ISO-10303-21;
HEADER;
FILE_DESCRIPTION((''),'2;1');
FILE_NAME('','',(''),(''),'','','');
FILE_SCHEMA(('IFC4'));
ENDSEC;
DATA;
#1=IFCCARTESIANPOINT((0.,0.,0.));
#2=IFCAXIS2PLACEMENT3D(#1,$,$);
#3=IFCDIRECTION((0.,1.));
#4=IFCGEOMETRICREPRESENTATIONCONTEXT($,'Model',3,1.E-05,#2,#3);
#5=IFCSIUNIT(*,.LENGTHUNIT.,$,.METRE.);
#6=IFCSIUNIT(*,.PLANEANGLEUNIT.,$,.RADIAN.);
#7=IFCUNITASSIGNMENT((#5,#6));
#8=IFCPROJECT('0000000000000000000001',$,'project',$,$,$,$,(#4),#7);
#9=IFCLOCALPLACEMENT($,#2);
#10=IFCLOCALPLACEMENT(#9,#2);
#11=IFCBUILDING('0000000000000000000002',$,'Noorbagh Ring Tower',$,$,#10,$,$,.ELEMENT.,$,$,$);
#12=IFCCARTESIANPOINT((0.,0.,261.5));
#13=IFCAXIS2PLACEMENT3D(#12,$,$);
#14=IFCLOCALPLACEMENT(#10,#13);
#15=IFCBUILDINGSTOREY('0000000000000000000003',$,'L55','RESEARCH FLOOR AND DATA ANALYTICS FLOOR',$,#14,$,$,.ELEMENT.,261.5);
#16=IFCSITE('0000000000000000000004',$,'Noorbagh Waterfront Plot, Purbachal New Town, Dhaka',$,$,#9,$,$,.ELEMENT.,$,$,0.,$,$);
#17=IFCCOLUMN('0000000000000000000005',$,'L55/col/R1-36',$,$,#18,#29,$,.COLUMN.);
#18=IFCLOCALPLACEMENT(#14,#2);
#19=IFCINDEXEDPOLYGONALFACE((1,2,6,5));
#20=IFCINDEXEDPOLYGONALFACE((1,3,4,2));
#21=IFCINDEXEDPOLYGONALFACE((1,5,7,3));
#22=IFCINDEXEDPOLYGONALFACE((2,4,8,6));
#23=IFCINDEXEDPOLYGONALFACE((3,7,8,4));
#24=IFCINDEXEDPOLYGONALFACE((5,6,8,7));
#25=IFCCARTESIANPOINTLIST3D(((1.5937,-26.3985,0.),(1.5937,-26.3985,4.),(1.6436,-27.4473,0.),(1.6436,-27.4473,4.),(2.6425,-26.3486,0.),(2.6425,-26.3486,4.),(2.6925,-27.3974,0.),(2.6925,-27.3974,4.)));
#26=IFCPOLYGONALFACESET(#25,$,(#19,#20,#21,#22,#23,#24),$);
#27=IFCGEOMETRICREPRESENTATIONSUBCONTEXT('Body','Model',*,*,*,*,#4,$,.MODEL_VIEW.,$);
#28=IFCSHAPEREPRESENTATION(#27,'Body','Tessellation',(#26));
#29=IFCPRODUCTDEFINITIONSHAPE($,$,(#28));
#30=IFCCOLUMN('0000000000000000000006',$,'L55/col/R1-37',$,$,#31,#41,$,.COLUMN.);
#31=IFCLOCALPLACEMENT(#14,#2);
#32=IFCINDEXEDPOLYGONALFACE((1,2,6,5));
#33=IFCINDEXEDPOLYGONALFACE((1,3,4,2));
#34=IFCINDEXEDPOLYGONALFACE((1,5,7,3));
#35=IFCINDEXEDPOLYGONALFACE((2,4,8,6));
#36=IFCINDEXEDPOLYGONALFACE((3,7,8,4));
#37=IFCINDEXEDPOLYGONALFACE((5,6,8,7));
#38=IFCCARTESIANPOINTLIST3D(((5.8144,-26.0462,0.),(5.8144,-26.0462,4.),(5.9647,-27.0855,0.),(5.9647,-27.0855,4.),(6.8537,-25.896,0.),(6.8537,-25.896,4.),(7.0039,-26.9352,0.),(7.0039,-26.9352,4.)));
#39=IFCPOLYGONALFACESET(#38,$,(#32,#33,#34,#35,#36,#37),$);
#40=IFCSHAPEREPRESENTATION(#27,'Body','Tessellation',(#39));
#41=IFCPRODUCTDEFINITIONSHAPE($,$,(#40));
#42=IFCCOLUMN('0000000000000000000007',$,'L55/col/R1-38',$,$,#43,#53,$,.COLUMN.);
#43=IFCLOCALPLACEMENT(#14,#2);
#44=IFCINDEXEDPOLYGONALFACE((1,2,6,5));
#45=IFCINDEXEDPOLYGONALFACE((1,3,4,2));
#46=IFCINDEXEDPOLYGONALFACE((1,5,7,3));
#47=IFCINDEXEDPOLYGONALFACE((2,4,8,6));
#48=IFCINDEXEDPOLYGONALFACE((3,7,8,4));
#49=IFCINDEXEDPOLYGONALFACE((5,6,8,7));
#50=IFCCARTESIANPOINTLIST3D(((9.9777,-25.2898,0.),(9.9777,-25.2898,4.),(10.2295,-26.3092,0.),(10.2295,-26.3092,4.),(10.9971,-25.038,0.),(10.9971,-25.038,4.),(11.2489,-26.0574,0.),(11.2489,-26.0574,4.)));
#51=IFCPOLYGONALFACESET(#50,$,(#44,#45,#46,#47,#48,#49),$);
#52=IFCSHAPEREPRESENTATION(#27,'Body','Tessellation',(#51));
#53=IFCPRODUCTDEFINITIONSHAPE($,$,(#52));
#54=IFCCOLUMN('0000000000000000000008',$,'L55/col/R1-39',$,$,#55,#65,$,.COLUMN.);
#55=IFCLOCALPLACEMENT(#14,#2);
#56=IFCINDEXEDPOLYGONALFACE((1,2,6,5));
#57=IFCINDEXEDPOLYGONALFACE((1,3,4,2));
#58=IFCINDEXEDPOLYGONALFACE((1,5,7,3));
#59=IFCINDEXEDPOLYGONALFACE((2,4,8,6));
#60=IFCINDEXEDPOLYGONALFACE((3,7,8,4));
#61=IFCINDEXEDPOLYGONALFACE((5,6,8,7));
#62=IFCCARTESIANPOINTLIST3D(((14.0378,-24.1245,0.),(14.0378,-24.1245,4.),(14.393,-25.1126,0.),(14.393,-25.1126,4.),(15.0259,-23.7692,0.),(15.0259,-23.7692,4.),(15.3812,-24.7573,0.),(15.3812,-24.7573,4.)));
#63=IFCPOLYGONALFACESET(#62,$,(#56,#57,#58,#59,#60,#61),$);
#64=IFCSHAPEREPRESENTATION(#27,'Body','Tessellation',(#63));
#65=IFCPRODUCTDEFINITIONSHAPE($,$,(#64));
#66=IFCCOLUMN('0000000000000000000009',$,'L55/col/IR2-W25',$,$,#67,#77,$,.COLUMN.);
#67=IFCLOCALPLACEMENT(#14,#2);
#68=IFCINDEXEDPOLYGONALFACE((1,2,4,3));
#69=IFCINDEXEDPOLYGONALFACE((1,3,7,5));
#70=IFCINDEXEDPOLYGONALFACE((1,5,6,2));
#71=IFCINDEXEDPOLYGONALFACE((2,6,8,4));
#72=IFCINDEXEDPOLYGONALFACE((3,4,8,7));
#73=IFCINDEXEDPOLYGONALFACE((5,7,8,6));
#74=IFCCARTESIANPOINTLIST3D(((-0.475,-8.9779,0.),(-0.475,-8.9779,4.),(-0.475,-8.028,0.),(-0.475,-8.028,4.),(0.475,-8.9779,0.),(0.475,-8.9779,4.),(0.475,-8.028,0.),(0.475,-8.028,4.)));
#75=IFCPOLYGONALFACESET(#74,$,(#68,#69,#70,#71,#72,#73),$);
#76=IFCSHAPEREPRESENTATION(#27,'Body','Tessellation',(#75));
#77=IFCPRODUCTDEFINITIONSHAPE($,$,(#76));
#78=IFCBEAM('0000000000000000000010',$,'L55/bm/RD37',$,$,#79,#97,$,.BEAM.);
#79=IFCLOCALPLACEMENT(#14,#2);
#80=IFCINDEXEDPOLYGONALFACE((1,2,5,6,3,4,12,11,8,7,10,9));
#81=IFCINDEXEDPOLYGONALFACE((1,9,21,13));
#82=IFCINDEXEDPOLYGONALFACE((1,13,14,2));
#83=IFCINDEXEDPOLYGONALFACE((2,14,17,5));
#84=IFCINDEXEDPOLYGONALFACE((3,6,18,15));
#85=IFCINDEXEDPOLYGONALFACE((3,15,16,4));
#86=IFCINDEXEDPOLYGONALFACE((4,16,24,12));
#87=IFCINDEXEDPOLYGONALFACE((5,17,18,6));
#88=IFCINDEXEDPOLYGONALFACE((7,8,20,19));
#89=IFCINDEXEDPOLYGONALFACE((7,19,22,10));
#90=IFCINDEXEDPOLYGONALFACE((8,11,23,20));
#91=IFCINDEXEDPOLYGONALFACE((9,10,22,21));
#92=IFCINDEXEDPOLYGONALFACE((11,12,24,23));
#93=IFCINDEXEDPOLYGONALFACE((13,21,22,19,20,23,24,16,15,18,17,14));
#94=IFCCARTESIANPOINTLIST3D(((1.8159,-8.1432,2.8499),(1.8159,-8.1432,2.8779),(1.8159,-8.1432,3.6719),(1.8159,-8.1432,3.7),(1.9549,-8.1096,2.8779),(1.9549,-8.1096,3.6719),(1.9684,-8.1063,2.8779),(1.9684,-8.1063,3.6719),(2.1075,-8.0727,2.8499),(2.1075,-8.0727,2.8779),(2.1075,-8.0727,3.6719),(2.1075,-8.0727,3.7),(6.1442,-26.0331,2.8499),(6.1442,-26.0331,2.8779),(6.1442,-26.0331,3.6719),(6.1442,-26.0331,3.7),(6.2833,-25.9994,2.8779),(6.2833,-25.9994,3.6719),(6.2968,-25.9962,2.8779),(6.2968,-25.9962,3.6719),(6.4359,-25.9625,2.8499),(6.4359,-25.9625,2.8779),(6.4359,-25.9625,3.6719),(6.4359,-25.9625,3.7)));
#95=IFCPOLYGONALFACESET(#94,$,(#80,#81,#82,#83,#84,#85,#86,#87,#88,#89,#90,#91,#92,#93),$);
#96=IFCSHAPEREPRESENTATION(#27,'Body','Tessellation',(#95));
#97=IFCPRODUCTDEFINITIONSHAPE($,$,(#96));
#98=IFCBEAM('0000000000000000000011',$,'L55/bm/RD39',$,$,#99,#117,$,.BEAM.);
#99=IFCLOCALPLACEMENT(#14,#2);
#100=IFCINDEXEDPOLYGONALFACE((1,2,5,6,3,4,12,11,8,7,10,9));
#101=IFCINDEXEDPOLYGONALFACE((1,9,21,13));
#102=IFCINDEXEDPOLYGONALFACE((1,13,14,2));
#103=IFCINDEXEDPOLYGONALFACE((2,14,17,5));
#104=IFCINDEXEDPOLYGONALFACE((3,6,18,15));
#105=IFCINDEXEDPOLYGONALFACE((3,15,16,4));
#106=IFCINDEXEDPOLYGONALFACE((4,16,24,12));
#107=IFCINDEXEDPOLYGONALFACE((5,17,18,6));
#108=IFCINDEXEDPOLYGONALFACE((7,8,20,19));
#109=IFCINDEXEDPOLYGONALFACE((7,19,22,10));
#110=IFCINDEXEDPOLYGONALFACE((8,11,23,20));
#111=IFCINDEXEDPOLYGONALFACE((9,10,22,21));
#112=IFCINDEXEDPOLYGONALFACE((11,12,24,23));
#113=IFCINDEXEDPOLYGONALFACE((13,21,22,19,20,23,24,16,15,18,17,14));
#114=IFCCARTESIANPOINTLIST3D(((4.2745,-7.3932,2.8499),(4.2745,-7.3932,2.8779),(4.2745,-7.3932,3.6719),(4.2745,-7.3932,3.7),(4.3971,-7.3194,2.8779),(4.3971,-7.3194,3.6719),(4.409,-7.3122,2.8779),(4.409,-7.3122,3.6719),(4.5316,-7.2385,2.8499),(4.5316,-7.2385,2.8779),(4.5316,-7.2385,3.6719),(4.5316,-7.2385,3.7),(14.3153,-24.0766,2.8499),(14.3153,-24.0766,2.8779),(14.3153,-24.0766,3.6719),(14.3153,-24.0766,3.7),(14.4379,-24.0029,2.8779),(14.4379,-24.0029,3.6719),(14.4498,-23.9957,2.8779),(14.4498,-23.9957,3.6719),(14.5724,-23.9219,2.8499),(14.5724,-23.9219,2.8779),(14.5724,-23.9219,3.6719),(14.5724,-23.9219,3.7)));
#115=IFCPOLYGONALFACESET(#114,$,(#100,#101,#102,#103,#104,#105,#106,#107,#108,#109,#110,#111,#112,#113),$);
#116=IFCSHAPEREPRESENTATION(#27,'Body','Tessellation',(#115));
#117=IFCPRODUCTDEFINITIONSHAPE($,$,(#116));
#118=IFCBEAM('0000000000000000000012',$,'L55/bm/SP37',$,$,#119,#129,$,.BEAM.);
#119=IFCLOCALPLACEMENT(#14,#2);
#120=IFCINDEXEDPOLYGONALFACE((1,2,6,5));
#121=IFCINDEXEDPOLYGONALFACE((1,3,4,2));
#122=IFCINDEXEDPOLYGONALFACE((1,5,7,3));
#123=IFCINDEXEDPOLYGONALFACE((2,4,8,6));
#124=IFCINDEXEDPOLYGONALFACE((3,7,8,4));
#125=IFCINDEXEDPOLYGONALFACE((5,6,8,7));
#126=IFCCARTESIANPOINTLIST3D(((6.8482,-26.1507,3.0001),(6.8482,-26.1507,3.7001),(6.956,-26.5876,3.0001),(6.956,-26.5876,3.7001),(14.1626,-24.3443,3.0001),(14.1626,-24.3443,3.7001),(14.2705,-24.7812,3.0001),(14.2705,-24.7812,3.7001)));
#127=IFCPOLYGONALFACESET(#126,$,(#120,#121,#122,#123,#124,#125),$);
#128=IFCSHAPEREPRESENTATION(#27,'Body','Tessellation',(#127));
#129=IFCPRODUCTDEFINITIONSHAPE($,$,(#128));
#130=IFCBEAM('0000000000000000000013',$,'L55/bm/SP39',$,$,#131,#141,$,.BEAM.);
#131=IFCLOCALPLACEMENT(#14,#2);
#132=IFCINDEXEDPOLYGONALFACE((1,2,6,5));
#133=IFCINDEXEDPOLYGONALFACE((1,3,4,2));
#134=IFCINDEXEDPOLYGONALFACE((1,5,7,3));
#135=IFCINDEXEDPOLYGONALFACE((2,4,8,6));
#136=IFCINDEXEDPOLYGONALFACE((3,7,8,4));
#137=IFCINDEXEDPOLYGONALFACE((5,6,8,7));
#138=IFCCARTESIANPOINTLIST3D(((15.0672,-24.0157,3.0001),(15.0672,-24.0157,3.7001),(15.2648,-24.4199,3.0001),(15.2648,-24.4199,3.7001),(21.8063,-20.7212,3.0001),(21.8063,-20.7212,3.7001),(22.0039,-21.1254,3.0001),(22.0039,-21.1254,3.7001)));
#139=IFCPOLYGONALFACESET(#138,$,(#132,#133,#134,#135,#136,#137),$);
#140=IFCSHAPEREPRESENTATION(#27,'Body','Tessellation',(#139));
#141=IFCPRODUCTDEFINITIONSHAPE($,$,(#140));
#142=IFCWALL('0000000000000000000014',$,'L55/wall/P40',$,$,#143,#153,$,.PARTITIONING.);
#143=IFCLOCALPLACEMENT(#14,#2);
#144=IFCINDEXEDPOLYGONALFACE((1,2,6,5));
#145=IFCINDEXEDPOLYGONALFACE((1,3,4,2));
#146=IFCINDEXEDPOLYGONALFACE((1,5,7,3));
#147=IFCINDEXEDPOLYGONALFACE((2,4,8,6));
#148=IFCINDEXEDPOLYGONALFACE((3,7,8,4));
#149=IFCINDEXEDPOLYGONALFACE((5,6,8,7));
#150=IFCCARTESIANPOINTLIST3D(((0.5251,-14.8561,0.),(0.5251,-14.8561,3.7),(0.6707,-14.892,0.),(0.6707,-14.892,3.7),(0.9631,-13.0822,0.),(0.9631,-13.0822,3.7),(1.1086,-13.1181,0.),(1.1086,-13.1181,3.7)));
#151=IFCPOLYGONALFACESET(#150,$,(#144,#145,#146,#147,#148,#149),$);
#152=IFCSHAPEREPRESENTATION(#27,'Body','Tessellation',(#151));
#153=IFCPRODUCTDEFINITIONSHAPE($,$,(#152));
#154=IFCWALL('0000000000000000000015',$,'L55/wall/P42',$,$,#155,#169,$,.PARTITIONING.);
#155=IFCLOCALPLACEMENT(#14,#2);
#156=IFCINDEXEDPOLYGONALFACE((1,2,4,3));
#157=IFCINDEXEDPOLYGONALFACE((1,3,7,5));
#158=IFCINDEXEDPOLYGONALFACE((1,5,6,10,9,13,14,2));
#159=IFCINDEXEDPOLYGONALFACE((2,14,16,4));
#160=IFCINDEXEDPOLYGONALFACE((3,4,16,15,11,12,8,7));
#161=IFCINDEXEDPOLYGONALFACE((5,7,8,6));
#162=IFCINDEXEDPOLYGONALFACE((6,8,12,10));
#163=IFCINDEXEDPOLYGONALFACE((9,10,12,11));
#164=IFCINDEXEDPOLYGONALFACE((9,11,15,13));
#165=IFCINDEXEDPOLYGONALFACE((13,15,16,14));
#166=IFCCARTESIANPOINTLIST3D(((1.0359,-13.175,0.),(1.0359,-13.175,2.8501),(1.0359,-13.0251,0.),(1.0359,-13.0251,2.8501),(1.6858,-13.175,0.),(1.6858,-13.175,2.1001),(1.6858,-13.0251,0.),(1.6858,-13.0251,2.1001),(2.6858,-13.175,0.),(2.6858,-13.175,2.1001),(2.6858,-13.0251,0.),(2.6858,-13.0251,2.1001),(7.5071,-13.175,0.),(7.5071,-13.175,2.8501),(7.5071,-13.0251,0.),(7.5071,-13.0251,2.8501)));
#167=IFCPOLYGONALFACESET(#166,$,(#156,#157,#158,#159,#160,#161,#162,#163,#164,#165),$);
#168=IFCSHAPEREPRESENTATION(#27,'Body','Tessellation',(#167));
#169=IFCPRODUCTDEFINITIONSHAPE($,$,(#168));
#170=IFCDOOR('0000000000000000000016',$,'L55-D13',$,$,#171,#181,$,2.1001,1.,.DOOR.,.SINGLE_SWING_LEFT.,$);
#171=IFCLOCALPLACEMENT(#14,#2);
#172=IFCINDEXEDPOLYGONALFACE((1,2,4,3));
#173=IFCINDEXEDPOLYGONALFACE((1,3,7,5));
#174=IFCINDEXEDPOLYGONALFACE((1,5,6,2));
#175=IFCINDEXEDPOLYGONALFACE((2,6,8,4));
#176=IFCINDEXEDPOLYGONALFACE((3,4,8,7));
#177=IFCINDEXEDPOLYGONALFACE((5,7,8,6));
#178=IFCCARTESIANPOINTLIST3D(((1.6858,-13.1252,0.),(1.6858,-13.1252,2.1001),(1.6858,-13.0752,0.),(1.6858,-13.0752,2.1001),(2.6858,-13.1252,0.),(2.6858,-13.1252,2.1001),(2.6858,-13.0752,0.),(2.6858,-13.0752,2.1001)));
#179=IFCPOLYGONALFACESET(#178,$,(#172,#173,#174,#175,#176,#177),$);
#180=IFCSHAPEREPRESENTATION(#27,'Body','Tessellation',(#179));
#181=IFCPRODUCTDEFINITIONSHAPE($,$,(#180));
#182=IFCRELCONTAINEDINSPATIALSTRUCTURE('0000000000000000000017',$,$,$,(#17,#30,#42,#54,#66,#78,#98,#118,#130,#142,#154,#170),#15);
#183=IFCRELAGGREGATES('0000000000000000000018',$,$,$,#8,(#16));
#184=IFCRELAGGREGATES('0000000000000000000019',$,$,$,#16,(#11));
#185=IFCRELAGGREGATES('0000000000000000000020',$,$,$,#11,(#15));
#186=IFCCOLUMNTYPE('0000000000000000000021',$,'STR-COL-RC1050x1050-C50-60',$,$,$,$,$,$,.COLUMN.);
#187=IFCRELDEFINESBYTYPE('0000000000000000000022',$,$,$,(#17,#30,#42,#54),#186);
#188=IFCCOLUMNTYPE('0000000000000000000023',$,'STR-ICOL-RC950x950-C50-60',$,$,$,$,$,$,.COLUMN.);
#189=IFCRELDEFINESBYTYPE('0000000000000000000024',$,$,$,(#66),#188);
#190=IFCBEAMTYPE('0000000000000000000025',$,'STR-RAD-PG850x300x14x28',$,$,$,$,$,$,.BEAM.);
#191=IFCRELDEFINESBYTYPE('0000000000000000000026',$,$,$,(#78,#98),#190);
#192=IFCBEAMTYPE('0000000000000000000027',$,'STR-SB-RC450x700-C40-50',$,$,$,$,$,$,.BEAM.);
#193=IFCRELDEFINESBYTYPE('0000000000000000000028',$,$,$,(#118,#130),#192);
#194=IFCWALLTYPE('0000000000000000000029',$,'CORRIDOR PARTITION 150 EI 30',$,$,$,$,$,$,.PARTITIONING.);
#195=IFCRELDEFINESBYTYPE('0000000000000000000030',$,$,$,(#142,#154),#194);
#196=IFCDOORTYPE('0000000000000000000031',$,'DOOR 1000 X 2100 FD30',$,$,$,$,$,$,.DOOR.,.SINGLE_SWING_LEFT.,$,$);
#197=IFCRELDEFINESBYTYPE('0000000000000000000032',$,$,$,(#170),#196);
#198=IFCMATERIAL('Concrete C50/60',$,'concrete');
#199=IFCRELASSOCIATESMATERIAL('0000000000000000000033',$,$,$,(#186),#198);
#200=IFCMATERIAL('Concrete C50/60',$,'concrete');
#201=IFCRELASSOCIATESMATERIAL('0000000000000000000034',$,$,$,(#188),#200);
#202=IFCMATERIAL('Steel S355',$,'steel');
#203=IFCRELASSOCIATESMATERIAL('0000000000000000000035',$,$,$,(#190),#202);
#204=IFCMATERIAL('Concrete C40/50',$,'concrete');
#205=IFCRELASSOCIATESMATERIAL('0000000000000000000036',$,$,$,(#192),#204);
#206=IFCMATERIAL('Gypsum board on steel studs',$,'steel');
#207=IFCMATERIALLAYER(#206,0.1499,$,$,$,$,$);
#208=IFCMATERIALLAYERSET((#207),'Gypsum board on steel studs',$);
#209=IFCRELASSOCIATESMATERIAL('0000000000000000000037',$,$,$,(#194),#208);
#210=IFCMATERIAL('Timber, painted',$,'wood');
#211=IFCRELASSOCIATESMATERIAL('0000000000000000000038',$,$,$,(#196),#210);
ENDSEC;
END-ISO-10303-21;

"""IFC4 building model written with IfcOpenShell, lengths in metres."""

from ifc_helpers import new_model, si_unit, direction, frame, frame_2d, origin, origin_2d, place, context, subcontext, project, spatial, rectangle, i_section, extrude, material, layer, layer_set, material_profile, profile_set, type_object, element, fill, save


model = new_model("IFC4")

# Units and contexts
model_context = context("Model", 3, precision=1e-05, world=origin(), true_north=direction((0.0, 1.0)))
body_context = subcontext(model_context, "Body", "Model", "MODEL_VIEW")
ifc_project = project(units=[si_unit("LENGTHUNIT", "METRE"), si_unit("PLANEANGLEUNIT", "RADIAN")], contexts=[model_context])

# Site, building, storey
site_placement = place(None, origin())
site = spatial("IfcSite", under=ifc_project, at=site_placement, Name="Noorbagh Waterfront Plot, Purbachal New Town, Dhaka", CompositionType="ELEMENT", RefElevation=0.0)
building_placement = place(site_placement, origin())
building = spatial("IfcBuilding", under=site, at=building_placement, Name="Noorbagh Ring Tower", CompositionType="ELEMENT")
storey_placement = place(building_placement, frame((0.0, 0.0, 261.5)))
storey = spatial("IfcBuildingStorey", under=building, at=storey_placement, Name="L55", Description="RESEARCH FLOOR AND DATA ANALYTICS FLOOR", CompositionType="ELEMENT", Elevation=261.5)

# Columns
ifc_material_1 = material(Name="Concrete C50/60", Category="concrete")
ifc_material_profile_1 = material_profile(ifc_material_1, rectangle(XDim=1.05, YDim=1.05, at=origin_2d()), Name="RC1050x1050")
ifc_profile_set_1 = profile_set([ifc_material_profile_1], Name="Concrete C50/60")
column_type_1 = type_object("IfcColumnType", Name="STR-COL-RC1050x1050-C50-60", PredefinedType="COLUMN", material=ifc_profile_set_1)
for number, where, z_axis, x_axis, name in (
    (1, (2.1431, -26.8979, 0.0), (0.0, 0.0, 1.0), (0.998869, 0.047553, 0.0), "L55/col/R1-36"),
    (2, (6.4092, -26.4907, 0.0), (0.0, 0.0, 1.0), (0.989713, 0.143066, 0.0), "L55/col/R1-37"),
    (3, (10.6133, -25.6736, 0.0), (0.0, 0.0, 1.0), (0.970829, 0.239771, 0.0), "L55/col/R1-38"),
    (4, (14.7095, -24.4409, 0.0), (0.0, 0.0, 1.0), (0.941025, 0.338338, 0.0), "L55/col/R1-39"),
):
    element("IfcColumn", number, at=place(storey_placement, frame(where, z_axis=z_axis, x_axis=x_axis)), inside=storey, type_object=column_type_1, Name=name, PredefinedType="COLUMN", context=body_context, shape_type="SweptSolid", body=[
        extrude(rectangle(XDim=1.05, YDim=1.05, at=origin_2d()), origin(), (0.0, 0.0, 1.0), 4.0),
    ])
ifc_material_2 = material(Name="Concrete C50/60", Category="concrete")
ifc_material_profile_2 = material_profile(ifc_material_2, rectangle(XDim=0.95, YDim=0.95, at=origin_2d()), Name="RC950x950")
ifc_profile_set_2 = profile_set([ifc_material_profile_2], Name="Concrete C50/60")
column_type_2 = type_object("IfcColumnType", Name="STR-ICOL-RC950x950-C50-60", PredefinedType="COLUMN", material=ifc_profile_set_2)
column_placement = place(storey_placement, frame((0.0, -8.5029, 0.0), z_axis=(0.0, 0.0, 1.0), x_axis=(1.0, 0.0, 0.0)))
element("IfcColumn", 5, at=column_placement, inside=storey, type_object=column_type_2, Name="L55/col/IR2-W25", PredefinedType="COLUMN", context=body_context, shape_type="SweptSolid", body=[
    extrude(rectangle(XDim=0.95, YDim=0.95, at=origin_2d()), origin(), (0.0, 0.0, 1.0), 4.0),
])

# Beams
ifc_material_3 = material(Name="Steel S355", Category="steel")
ifc_material_profile_3 = material_profile(ifc_material_3, i_section(OverallWidth=0.3, OverallDepth=0.8501, WebThickness=0.0139, FlangeThickness=0.0281, at=origin_2d()), Name="PG850x300x14x28")
ifc_profile_set_3 = profile_set([ifc_material_profile_3], Name="Steel S355")
beam_type_1 = type_object("IfcBeamType", Name="STR-RAD-PG850x300x14x28", PredefinedType="BEAM", material=ifc_profile_set_3)
beam_1_placement = place(storey_placement, frame((6.29, -25.9978, 3.2749), z_axis=(-0.23516, 0.971957, 0.0), x_axis=(-0.971957, -0.23516, 0.0)))
element("IfcBeam", 6, at=beam_1_placement, inside=storey, type_object=beam_type_1, Name="L55/bm/RD37", PredefinedType="BEAM", context=body_context, shape_type="SweptSolid", body=[
    extrude(i_section(OverallWidth=0.3, OverallDepth=0.8501, WebThickness=0.0139, FlangeThickness=0.0281, at=origin_2d()), origin(), (0.0, 0.0, 1.0), 18.406),
])
beam_2_placement = place(storey_placement, frame((14.4438, -23.9993, 3.2749), z_axis=(-0.515657, 0.856795, 0.0), x_axis=(-0.856795, -0.515657, 0.0)))
element("IfcBeam", 7, at=beam_2_placement, inside=storey, type_object=beam_type_1, Name="L55/bm/RD39", PredefinedType="BEAM", context=body_context, shape_type="SweptSolid", body=[
    extrude(i_section(OverallWidth=0.3, OverallDepth=0.8501, WebThickness=0.0139, FlangeThickness=0.0281, at=origin_2d()), origin(), (0.0, 0.0, 1.0), 19.4719),
])
ifc_material_4 = material(Name="Concrete C40/50", Category="concrete")
ifc_material_profile_4 = material_profile(ifc_material_4, rectangle(XDim=0.45, YDim=0.7, at=origin_2d()), Name="RC450x700")
ifc_profile_set_4 = profile_set([ifc_material_profile_4], Name="Concrete C40/50")
beam_type_2 = type_object("IfcBeamType", Name="STR-SB-RC450x700-C40-50", PredefinedType="BEAM", material=ifc_profile_set_4)
beam_3_placement = place(storey_placement, frame((6.9021, -26.3691, 3.3501), z_axis=(0.970832, 0.239759, 0.0), x_axis=(-0.239759, 0.970832, 0.0)))
element("IfcBeam", 8, at=beam_3_placement, inside=storey, type_object=beam_type_2, Name="L55/bm/SP37", PredefinedType="BEAM", context=body_context, shape_type="SweptSolid", body=[
    extrude(rectangle(XDim=0.45, YDim=0.7, at=origin_2d()), origin(), (0.0, 0.0, 1.0), 7.5342),
])
beam_4_placement = place(storey_placement, frame((15.166, -24.2178, 3.3501), z_axis=(0.898395, 0.439189, 0.0), x_axis=(-0.439189, 0.898395, 0.0)))
element("IfcBeam", 9, at=beam_4_placement, inside=storey, type_object=beam_type_2, Name="L55/bm/SP39", PredefinedType="BEAM", context=body_context, shape_type="SweptSolid", body=[
    extrude(rectangle(XDim=0.45, YDim=0.7, at=origin_2d()), origin(), (0.0, 0.0, 1.0), 7.5012),
])

# Wall
ifc_material_5 = material(Name="Gypsum board on steel studs", Category="steel")
ifc_layer_1 = layer(ifc_material_5, 0.1499)
ifc_layer_set_1 = layer_set([ifc_layer_1], Name="Gypsum board on steel studs")
wall_type_1 = type_object("IfcWallType", Name="CORRIDOR PARTITION 150 EI 30", PredefinedType="PARTITIONING", material=ifc_layer_set_1)
wall_1_placement = place(storey_placement, frame((0.5979, -14.874, 0.0), z_axis=(0.0, 0.0, 1.0), x_axis=(0.239705, 0.970846, 0.0)))
element("IfcWall", 10, at=wall_1_placement, inside=storey, type_object=wall_type_1, Name="L55/wall/P40", PredefinedType="PARTITIONING", context=body_context, shape_type="SweptSolid", body=[
    extrude(rectangle(XDim=1.8271, YDim=0.1499, at=frame_2d((0.9136, 0.0))), origin(), (0.0, 0.0, 1.0), 3.7),
])

# Wall, opening, door
wall_2_placement = place(storey_placement, frame((1.0359, -13.1001, 0.0), z_axis=(0.0, 0.0, 1.0), x_axis=(1.0, 0.0, 0.0)))
wall_2 = element("IfcWall", 11, at=wall_2_placement, inside=storey, type_object=wall_type_1, Name="L55/wall/P42", PredefinedType="PARTITIONING", context=body_context, shape_type="SweptSolid", body=[
    extrude(rectangle(XDim=6.4712, YDim=0.1499, at=frame_2d((3.2356, 0.0))), origin(), (0.0, 0.0, 1.0), 2.8501),
])
opening_1_placement = place(wall_2_placement, frame((0.6499, 0.0, 0.0)))
opening_1 = element("IfcOpeningElement", 12, at=opening_1_placement, cuts=wall_2, PredefinedType="OPENING", context=body_context, shape_type="SweptSolid", body=[
    extrude(rectangle(XDim=1.0, YDim=2.1001, at=frame_2d((0.5, 1.05))), frame((0.0, 0.085, 0.0), z_axis=(0.0, -1.0, 0.0), x_axis=(1.0, 0.0, 0.0)), (0.0, 0.0, 1.0), 0.1699),
])
ifc_material_6 = material(Name="Timber, painted", Category="wood")
door_type = type_object("IfcDoorType", Name="DOOR 1000 X 2100 FD30", OperationType="SINGLE_SWING_LEFT", PredefinedType="DOOR", material=ifc_material_6)
door_1_placement = place(opening_1_placement, origin())
door_1 = element("IfcDoor", 13, at=door_1_placement, inside=storey, type_object=door_type, Name="L55-D13", OperationType="SINGLE_SWING_LEFT", OverallHeight=2.1001, OverallWidth=1.0, PredefinedType="DOOR", context=body_context, shape_type="SweptSolid", body=[
    extrude(rectangle(XDim=1.0, YDim=2.1001, at=frame_2d((0.5, 1.05))), frame((0.0, 0.0249, 0.0), z_axis=(0.0, -1.0, 0.0), x_axis=(1.0, 0.0, 0.0)), (0.0, 0.0, 1.0), 0.05),
])
fill(opening_1, door_1)

save(model, "model.ifc")
